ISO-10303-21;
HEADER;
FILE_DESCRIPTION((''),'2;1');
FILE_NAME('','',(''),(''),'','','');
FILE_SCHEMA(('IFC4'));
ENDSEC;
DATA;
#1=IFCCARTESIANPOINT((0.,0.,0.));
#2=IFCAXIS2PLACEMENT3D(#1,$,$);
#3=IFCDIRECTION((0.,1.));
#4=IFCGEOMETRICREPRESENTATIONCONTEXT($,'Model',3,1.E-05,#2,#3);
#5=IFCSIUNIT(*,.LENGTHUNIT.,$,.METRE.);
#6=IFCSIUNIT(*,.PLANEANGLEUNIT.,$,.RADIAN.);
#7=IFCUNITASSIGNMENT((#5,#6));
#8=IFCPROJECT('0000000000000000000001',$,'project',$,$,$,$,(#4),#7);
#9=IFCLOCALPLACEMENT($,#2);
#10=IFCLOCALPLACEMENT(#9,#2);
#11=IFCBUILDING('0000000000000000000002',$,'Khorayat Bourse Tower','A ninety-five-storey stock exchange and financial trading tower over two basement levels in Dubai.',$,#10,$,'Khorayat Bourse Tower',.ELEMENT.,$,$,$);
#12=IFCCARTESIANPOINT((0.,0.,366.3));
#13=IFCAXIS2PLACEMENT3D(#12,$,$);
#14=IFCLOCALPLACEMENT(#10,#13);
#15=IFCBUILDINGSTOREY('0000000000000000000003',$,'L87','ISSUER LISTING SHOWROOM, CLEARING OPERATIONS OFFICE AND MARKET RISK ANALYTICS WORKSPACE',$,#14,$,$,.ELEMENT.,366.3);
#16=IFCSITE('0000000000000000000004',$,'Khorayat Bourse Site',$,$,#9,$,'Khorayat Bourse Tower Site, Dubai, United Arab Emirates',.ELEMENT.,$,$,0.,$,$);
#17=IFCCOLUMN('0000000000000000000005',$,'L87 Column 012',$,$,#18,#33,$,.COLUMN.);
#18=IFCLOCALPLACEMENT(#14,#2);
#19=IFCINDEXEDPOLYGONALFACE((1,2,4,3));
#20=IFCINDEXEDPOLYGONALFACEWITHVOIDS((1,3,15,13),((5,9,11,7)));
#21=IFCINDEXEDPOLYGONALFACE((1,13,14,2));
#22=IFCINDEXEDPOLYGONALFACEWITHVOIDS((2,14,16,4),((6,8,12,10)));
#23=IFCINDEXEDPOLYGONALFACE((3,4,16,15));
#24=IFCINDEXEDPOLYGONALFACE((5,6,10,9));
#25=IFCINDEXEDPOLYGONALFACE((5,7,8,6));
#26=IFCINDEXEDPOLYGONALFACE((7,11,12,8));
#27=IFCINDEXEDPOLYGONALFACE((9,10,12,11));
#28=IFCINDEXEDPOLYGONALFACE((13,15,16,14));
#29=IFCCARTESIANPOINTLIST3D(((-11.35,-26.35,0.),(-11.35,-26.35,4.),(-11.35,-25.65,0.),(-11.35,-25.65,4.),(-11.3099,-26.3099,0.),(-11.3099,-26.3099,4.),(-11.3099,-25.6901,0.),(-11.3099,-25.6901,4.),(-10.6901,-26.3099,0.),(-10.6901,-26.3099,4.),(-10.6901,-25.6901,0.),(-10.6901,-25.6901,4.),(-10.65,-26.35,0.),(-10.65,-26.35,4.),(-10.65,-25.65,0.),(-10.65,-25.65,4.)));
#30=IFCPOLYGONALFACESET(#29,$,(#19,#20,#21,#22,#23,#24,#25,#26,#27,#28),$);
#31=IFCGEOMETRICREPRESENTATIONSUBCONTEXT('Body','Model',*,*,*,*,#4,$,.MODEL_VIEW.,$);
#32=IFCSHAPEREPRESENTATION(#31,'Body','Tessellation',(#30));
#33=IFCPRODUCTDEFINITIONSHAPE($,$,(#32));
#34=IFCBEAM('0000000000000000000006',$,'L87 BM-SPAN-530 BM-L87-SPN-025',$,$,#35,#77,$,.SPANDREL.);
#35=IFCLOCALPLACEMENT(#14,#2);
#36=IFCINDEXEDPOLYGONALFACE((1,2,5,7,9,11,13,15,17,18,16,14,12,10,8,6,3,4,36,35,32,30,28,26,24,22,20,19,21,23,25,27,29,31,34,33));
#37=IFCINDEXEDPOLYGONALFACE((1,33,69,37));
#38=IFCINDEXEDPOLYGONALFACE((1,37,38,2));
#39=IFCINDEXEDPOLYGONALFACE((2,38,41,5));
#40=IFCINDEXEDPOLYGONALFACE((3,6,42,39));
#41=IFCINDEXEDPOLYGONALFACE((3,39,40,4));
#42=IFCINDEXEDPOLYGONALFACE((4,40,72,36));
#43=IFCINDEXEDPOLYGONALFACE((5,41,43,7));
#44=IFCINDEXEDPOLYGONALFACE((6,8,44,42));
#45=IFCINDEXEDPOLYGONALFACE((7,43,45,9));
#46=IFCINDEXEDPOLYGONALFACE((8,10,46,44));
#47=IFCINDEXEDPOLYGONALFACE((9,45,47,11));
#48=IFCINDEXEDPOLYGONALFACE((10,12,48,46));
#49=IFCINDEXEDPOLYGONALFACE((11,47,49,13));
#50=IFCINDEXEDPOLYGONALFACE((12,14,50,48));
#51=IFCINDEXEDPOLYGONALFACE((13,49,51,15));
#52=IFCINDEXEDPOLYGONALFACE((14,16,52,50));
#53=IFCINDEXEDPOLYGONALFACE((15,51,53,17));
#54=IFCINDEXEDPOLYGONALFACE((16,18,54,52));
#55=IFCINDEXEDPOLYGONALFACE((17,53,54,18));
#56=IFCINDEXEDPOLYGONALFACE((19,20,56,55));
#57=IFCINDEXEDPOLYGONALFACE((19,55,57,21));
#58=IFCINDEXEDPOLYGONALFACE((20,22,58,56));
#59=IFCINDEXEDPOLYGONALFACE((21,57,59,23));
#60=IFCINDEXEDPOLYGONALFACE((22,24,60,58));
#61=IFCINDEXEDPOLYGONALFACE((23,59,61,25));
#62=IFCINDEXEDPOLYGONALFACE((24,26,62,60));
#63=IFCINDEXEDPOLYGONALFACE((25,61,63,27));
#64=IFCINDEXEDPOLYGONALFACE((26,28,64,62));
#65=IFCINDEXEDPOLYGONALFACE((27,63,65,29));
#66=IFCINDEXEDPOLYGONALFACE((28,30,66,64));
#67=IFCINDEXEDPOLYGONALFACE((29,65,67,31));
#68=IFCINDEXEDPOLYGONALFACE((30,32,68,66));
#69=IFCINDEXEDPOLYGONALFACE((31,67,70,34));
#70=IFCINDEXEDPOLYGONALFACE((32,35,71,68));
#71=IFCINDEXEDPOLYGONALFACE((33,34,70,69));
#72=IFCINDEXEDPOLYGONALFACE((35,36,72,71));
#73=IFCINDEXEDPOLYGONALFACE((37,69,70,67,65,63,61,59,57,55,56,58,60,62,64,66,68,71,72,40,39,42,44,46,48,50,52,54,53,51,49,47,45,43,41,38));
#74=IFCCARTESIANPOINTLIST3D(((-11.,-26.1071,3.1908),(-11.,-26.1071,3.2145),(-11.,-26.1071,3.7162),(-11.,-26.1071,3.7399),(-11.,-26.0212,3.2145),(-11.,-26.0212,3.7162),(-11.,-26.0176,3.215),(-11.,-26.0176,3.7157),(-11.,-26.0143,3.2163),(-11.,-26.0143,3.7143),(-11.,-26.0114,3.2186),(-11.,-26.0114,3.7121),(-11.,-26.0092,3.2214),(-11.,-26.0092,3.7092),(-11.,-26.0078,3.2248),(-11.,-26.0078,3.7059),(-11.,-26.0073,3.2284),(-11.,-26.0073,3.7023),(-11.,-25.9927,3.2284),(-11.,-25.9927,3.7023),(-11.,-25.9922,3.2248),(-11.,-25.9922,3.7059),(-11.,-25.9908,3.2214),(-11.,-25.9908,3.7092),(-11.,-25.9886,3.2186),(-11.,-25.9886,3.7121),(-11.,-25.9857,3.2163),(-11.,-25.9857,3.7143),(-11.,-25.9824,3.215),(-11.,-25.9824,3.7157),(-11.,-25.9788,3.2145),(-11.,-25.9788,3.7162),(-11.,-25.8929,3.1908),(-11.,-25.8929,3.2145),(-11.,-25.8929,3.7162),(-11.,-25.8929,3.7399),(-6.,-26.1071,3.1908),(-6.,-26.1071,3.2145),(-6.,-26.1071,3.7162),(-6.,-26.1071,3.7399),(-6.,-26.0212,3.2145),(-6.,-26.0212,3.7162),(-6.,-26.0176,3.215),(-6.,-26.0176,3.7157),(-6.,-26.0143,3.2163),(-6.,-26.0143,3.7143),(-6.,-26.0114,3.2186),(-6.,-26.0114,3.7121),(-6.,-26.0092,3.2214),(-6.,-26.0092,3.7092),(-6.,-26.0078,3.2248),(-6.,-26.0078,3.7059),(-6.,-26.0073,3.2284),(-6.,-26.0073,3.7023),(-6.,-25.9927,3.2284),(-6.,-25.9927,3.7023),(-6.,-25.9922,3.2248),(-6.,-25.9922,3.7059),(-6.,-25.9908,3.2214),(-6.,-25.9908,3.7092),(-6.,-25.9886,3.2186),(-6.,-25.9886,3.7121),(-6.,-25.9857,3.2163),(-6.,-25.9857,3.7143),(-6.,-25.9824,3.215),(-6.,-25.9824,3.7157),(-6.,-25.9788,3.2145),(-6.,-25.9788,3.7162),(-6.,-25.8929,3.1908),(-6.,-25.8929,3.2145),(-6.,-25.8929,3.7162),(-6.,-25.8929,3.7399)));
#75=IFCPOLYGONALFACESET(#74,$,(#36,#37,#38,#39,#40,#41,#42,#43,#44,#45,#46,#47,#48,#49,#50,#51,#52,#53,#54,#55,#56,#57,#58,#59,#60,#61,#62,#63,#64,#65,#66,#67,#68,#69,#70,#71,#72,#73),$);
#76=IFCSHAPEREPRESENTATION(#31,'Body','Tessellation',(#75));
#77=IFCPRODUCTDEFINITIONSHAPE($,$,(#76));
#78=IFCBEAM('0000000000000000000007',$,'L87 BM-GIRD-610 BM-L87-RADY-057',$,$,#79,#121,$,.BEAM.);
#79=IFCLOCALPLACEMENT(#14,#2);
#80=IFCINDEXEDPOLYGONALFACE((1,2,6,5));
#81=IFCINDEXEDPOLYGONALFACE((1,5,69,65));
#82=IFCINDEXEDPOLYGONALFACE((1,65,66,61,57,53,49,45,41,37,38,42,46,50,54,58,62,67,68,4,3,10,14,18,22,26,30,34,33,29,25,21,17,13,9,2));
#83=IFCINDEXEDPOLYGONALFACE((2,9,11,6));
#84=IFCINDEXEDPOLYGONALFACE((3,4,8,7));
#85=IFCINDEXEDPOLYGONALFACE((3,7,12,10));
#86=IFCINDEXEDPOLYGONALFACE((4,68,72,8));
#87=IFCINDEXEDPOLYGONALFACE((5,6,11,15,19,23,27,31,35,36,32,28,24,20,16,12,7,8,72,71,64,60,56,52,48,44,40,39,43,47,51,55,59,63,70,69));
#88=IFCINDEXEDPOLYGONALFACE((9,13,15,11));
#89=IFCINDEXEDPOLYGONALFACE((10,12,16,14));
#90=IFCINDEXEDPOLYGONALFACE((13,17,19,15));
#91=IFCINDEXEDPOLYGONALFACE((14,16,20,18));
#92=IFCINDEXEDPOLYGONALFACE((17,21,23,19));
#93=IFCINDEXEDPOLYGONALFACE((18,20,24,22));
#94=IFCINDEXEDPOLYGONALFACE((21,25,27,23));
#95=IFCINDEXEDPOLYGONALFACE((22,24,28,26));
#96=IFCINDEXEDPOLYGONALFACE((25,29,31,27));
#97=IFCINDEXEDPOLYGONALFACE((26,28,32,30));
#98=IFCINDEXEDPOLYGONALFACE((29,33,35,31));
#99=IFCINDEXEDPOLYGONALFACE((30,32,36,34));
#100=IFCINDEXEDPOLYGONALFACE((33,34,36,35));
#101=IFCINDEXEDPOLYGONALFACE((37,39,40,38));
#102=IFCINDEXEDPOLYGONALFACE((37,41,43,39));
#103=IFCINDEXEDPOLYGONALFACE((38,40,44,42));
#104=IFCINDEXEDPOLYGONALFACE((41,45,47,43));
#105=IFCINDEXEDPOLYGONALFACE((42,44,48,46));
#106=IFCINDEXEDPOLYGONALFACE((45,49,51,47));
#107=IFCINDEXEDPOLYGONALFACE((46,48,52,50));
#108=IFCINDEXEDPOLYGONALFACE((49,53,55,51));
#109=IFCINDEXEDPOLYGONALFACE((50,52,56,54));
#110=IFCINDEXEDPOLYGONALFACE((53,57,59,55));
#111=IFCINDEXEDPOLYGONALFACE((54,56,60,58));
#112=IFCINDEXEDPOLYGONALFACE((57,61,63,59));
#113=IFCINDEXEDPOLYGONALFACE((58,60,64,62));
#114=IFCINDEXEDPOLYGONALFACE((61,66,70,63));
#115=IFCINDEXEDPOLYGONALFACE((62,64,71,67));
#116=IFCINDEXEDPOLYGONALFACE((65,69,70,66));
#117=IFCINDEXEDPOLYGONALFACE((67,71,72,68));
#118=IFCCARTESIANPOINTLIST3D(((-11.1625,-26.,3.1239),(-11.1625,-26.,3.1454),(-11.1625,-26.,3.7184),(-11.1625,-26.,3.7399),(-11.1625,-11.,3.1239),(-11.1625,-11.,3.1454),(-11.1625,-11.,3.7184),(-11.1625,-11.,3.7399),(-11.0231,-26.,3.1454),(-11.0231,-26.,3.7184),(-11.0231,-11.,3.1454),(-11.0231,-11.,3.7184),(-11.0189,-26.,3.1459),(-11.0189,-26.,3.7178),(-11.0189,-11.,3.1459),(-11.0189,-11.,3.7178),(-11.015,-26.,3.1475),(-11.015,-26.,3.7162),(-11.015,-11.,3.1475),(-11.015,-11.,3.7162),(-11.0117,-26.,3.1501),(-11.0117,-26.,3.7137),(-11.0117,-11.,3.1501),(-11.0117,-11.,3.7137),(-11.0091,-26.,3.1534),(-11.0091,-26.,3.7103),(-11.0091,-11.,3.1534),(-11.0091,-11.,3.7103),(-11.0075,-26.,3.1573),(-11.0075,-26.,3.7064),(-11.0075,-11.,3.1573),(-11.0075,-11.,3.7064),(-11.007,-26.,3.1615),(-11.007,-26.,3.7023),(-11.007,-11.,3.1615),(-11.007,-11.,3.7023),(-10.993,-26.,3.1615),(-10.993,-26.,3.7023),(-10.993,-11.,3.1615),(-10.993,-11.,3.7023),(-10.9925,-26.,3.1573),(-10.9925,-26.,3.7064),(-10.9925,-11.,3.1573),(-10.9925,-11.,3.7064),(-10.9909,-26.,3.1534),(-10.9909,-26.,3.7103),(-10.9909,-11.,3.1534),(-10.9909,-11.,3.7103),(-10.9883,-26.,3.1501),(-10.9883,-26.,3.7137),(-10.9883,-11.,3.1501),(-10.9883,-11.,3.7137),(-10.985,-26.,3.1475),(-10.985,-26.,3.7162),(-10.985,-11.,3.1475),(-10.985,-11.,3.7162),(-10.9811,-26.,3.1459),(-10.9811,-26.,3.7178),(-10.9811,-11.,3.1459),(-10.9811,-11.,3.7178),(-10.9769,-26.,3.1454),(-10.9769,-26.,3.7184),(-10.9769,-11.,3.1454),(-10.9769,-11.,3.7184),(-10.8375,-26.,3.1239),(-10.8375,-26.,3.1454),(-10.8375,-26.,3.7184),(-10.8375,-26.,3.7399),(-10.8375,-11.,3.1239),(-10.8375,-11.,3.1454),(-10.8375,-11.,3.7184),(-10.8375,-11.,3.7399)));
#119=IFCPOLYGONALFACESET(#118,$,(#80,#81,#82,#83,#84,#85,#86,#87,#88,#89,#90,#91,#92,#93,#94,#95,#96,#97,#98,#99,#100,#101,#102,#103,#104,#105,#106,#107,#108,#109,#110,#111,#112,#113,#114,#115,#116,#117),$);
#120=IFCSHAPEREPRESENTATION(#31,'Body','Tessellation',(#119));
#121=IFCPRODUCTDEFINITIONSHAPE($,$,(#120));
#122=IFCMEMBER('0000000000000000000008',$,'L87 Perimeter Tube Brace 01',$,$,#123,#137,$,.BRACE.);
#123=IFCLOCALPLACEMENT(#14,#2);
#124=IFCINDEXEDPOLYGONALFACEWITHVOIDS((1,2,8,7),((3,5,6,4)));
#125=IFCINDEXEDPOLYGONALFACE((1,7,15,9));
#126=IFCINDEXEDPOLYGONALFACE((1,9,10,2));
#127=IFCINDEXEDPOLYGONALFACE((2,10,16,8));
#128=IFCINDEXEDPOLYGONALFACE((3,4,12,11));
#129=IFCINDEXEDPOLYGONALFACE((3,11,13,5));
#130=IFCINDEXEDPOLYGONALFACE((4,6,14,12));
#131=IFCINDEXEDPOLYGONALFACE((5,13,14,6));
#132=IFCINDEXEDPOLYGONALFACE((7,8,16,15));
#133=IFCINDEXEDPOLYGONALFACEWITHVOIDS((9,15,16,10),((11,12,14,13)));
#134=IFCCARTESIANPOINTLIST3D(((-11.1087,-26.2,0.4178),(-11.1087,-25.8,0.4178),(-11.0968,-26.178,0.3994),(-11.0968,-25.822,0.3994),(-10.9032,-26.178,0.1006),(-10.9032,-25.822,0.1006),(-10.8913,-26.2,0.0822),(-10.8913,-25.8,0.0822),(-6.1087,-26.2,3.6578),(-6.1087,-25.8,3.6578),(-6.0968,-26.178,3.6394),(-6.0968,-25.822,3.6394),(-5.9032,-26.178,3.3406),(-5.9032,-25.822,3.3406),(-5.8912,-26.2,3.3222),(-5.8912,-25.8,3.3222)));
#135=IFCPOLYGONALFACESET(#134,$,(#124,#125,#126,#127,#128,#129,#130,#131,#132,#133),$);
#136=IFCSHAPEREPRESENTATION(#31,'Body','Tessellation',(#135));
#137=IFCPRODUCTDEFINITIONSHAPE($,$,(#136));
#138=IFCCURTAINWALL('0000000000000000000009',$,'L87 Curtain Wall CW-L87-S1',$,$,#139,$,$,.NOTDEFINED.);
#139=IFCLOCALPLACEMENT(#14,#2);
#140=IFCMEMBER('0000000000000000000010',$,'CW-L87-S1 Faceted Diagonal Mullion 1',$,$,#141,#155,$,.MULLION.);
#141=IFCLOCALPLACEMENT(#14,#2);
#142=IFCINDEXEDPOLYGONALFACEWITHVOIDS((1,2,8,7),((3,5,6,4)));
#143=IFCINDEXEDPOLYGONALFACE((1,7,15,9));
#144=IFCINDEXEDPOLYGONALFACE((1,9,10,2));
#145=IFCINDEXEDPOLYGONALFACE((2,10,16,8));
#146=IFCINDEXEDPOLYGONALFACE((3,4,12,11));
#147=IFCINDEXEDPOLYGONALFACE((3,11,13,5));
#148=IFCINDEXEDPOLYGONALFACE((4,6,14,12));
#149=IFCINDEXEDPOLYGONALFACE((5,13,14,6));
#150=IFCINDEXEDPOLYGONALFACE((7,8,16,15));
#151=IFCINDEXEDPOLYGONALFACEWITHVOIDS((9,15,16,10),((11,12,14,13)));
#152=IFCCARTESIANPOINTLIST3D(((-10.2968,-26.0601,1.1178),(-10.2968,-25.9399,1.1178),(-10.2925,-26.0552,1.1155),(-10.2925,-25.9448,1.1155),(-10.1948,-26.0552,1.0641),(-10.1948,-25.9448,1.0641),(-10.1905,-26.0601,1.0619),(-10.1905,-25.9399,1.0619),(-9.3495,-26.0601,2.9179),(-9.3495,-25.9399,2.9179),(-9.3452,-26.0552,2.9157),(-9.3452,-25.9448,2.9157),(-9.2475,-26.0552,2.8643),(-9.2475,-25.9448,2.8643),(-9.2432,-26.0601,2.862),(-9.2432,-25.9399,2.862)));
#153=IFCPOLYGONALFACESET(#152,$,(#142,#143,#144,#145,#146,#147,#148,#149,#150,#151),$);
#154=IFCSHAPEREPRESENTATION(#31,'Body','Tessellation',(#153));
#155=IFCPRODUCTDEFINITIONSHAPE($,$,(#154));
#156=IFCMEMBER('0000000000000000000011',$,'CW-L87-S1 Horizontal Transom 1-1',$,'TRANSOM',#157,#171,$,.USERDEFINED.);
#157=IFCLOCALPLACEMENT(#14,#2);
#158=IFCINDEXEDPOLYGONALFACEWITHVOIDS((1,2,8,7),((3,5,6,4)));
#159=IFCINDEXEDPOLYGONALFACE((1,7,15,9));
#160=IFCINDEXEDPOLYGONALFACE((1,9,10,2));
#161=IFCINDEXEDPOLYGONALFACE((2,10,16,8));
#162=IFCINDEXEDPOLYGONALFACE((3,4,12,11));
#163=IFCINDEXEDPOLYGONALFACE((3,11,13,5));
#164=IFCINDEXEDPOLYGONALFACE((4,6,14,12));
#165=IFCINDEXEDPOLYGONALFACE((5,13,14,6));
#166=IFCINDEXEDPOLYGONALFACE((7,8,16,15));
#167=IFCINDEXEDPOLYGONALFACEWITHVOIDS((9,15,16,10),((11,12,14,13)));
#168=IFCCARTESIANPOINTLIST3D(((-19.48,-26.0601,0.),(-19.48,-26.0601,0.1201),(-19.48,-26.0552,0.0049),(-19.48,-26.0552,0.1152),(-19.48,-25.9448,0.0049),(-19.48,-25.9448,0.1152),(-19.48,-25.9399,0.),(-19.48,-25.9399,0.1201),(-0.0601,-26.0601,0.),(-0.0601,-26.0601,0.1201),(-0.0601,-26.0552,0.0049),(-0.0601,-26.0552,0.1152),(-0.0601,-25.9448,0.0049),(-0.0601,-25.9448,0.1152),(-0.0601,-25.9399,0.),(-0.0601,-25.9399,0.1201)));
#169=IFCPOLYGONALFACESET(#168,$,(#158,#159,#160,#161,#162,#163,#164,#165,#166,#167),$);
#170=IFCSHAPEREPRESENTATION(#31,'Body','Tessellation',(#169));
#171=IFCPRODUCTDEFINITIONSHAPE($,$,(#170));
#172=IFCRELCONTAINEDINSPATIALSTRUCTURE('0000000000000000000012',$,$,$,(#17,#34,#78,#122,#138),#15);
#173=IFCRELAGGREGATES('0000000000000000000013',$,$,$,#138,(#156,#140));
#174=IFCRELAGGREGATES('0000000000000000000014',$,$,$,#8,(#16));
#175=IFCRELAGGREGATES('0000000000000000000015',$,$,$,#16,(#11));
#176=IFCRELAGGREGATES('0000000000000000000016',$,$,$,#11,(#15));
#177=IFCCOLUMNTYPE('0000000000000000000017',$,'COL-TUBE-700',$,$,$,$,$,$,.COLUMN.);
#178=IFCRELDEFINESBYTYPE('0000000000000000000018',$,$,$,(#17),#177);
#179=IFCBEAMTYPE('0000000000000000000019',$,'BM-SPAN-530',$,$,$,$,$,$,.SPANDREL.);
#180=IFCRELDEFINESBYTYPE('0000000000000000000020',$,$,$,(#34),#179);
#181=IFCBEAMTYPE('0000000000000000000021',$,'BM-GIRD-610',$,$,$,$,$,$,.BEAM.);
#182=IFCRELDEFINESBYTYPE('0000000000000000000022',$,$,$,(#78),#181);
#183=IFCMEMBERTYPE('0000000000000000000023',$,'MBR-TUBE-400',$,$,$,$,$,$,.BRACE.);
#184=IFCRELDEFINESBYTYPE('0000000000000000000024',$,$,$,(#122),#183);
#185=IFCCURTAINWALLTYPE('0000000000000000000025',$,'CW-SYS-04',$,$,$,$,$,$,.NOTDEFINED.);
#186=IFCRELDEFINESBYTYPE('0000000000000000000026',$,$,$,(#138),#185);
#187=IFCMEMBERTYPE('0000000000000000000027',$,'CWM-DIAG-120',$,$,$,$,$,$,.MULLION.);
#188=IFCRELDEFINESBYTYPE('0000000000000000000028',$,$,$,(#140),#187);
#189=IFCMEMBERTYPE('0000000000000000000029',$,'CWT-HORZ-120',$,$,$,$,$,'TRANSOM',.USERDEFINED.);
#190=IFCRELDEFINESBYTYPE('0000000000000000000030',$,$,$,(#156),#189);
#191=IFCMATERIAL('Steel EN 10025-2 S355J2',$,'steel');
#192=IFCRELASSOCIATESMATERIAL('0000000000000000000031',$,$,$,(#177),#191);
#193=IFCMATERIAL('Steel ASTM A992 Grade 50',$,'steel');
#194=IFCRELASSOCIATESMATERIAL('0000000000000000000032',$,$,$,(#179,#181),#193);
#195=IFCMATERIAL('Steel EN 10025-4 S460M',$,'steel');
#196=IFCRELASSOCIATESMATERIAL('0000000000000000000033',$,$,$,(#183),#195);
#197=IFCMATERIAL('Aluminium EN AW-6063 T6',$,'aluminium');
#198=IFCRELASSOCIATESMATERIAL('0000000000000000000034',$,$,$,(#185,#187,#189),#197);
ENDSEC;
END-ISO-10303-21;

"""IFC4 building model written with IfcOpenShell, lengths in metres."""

from ifc_helpers import new_model, si_unit, direction, frame, origin, origin_2d, place, context, subcontext, project, spatial, hollow_rectangle, i_section, extrude, source, transform, mapped, material, material_profile, profile_set, type_object, element, aggregate, save


model = new_model("IFC4")

# Units and contexts
model_context = context("Model", 3, precision=1e-05, world=origin(), true_north=direction((0.0, 1.0)))
body_context = subcontext(model_context, "Body", "Model", "MODEL_VIEW")
ifc_project = project(units=[si_unit("LENGTHUNIT", "METRE"), si_unit("PLANEANGLEUNIT", "RADIAN")], contexts=[model_context])

# Site, building, storey
site_placement = place(None, origin())
site = spatial("IfcSite", under=ifc_project, at=site_placement, Name="Khorayat Bourse Site", LongName="Khorayat Bourse Tower Site, Dubai, United Arab Emirates", CompositionType="ELEMENT", RefElevation=0.0)
building_placement = place(site_placement, origin())
building = spatial("IfcBuilding", under=site, at=building_placement, Name="Khorayat Bourse Tower", Description="A ninety-five-storey stock exchange and financial trading tower over two basement levels in Dubai.", LongName="Khorayat Bourse Tower", CompositionType="ELEMENT")
storey_placement = place(building_placement, frame((0.0, 0.0, 366.3)))
storey = spatial("IfcBuildingStorey", under=building, at=storey_placement, Name="L87", Description="ISSUER LISTING SHOWROOM, CLEARING OPERATIONS OFFICE AND MARKET RISK ANALYTICS WORKSPACE", CompositionType="ELEMENT", Elevation=366.3)

# Column
ifc_material_1 = material(Name="Steel EN 10025-2 S355J2", Category="steel")
ifc_material_profile_1 = material_profile(ifc_material_1, hollow_rectangle(XDim=0.7, YDim=0.7, WallThickness=0.04, at=origin_2d()), Name="BOX 700x700x40")
ifc_profile_set_1 = profile_set([ifc_material_profile_1], Name="Steel EN 10025-2 S355J2")
column_type = type_object("IfcColumnType", Name="COL-TUBE-700", PredefinedType="COLUMN", material=ifc_profile_set_1)
shared_shape_1 = source(origin(), body_context, "Body", "SweptSolid", [
    extrude(hollow_rectangle(XDim=0.7, YDim=0.7, WallThickness=0.04, at=origin_2d()), origin(), (0.0, 0.0, 1.0), 4.0),
])
column_placement = place(storey_placement, frame((-11.0, -26.0, 0.0), z_axis=(0.0, 0.0, 1.0), x_axis=(1.0, 0.0, 0.0)))
element("IfcColumn", 1, at=column_placement, inside=storey, type_object=column_type, Name="L87 Column 012", PredefinedType="COLUMN", context=body_context, shape_type="MappedRepresentation", body=[
    mapped(shared_shape_1, transform((0.0, 0.0, 0.0), scale=1.0)),
])

# Beams
ifc_material_2 = material(Name="Steel ASTM A992 Grade 50", Category="steel")
ifc_material_profile_2 = material_profile(ifc_material_2, i_section(OverallWidth=0.2141, OverallDepth=0.5491, WebThickness=0.0146, FlangeThickness=0.0237, FilletRadius=0.0139, at=origin_2d()), Name="W530X138")
ifc_profile_set_2 = profile_set([ifc_material_profile_2], Name="Steel ASTM A992 Grade 50")
beam_type_1 = type_object("IfcBeamType", Name="BM-SPAN-530", PredefinedType="SPANDREL", material=ifc_profile_set_2)
shared_shape_2 = source(origin(), body_context, "Body", "SweptSolid", [
    extrude(i_section(OverallWidth=0.2141, OverallDepth=0.5491, WebThickness=0.0146, FlangeThickness=0.0237, FilletRadius=0.0139, at=origin_2d()), origin(), (0.0, 0.0, 1.0), 5.0),
])
beam_1_placement = place(storey_placement, frame((-11.0, -26.0, 3.4653), z_axis=(1.0, 0.0, 0.0), x_axis=(0.0, 1.0, 0.0)))
element("IfcBeam", 2, at=beam_1_placement, inside=storey, type_object=beam_type_1, Name="L87 BM-SPAN-530 BM-L87-SPN-025", PredefinedType="SPANDREL", context=body_context, shape_type="MappedRepresentation", body=[
    mapped(shared_shape_2, transform((0.0, 0.0, 0.0), scale=1.0)),
])
ifc_material_profile_3 = material_profile(ifc_material_2, i_section(OverallWidth=0.325, OverallDepth=0.616, WebThickness=0.0139, FlangeThickness=0.0215, FilletRadius=0.0161, at=origin_2d()), Name="W610X174")
ifc_profile_set_3 = profile_set([ifc_material_profile_3], Name="Steel ASTM A992 Grade 50")
beam_type_2 = type_object("IfcBeamType", Name="BM-GIRD-610", PredefinedType="BEAM", material=ifc_profile_set_3)
shared_shape_3 = source(origin(), body_context, "Body", "SweptSolid", [
    extrude(i_section(OverallWidth=0.325, OverallDepth=0.616, WebThickness=0.0139, FlangeThickness=0.0215, FilletRadius=0.0161, at=origin_2d()), origin(), (0.0, 0.0, 1.0), 15.0),
])
beam_2_placement = place(storey_placement, frame((-11.0, -26.0, 3.4319), z_axis=(0.0, 1.0, 0.0), x_axis=(-1.0, 0.0, 0.0)))
element("IfcBeam", 3, at=beam_2_placement, inside=storey, type_object=beam_type_2, Name="L87 BM-GIRD-610 BM-L87-RADY-057", PredefinedType="BEAM", context=body_context, shape_type="MappedRepresentation", body=[
    mapped(shared_shape_3, transform((0.0, 0.0, 0.0), scale=1.0)),
])

# Member
ifc_material_3 = material(Name="Steel EN 10025-4 S460M", Category="steel")
ifc_material_profile_4 = material_profile(ifc_material_3, hollow_rectangle(XDim=0.3999, YDim=0.3999, WallThickness=0.022, at=origin_2d()), Name="HSS 400x400x22")
ifc_profile_set_4 = profile_set([ifc_material_profile_4], Name="Steel EN 10025-4 S460M")
member_type_1 = type_object("IfcMemberType", Name="MBR-TUBE-400", PredefinedType="BRACE", material=ifc_profile_set_4)
shared_shape_4 = source(origin(), body_context, "Body", "SweptSolid", [
    extrude(hollow_rectangle(XDim=0.3999, YDim=0.3999, WallThickness=0.022, at=origin_2d()), origin(), (0.0, 0.0, 1.0), 5.958),
])
member_1_placement = place(storey_placement, frame((-11.0, -26.0, 0.25), z_axis=(0.83921, 0.0, 0.543807), x_axis=(0.0, 1.0, 0.0)))
element("IfcMember", 4, at=member_1_placement, inside=storey, type_object=member_type_1, Name="L87 Perimeter Tube Brace 01", PredefinedType="BRACE", context=body_context, shape_type="MappedRepresentation", body=[
    mapped(shared_shape_4, transform((0.0, 0.0, 0.0), scale=1.0)),
])

# Curtain wall, members
ifc_material_4 = material(Name="Aluminium EN AW-6063 T6", Category="aluminium")
curtain_wall_type = type_object("IfcCurtainWallType", Name="CW-SYS-04", PredefinedType="NOTDEFINED", material=ifc_material_4)
curtain_wall_placement = place(storey_placement, origin())
curtain_wall = element("IfcCurtainWall", 5, at=curtain_wall_placement, inside=storey, type_object=curtain_wall_type, Name="L87 Curtain Wall CW-L87-S1", PredefinedType="NOTDEFINED")
ifc_material_profile_5 = material_profile(ifc_material_4, hollow_rectangle(XDim=0.1201, YDim=0.1201, WallThickness=0.0049, at=origin_2d()), Name="ALU 120x120x5")
ifc_profile_set_5 = profile_set([ifc_material_profile_5], Name="Aluminium EN AW-6063 T6")
member_type_2 = type_object("IfcMemberType", Name="CWM-DIAG-120", PredefinedType="MULLION", material=ifc_profile_set_5)
shared_shape_5 = source(origin(), body_context, "Body", "SweptSolid", [
    extrude(hollow_rectangle(XDim=0.1201, YDim=0.1201, WallThickness=0.0049, at=origin_2d()), origin(), (0.0, 0.0, 1.0), 2.0342),
])
member_2_placement = place(storey_placement, frame((-10.2437, -26.0, 1.0898), z_axis=(0.465697, 0.0, 0.884944), x_axis=(0.0, 1.0, 0.0)))
member_2 = element("IfcMember", 6, at=member_2_placement, type_object=member_type_2, Name="CW-L87-S1 Faceted Diagonal Mullion 1", PredefinedType="MULLION", context=body_context, shape_type="MappedRepresentation", body=[
    mapped(shared_shape_5, transform((0.0, 0.0, 0.0), scale=1.0)),
])
ifc_material_profile_6 = material_profile(ifc_material_4, hollow_rectangle(XDim=0.1201, YDim=0.1201, WallThickness=0.0049, at=origin_2d()), Name="ALU 120x120x5")
ifc_profile_set_6 = profile_set([ifc_material_profile_6], Name="Aluminium EN AW-6063 T6")
member_type_3 = type_object("IfcMemberType", Name="CWT-HORZ-120", ElementType="TRANSOM", PredefinedType="USERDEFINED", material=ifc_profile_set_6)
shared_shape_6 = source(origin(), body_context, "Body", "SweptSolid", [
    extrude(hollow_rectangle(XDim=0.1201, YDim=0.1201, WallThickness=0.0049, at=origin_2d()), origin(), (0.0, 0.0, 1.0), 19.4199),
])
member_3_placement = place(storey_placement, frame((-19.48, -26.0, 0.0601), z_axis=(1.0, 0.0, 0.0), x_axis=(0.0, 1.0, 0.0)))
member_3 = element("IfcMember", 7, at=member_3_placement, type_object=member_type_3, Name="CW-L87-S1 Horizontal Transom 1-1", ObjectType="TRANSOM", PredefinedType="USERDEFINED", context=body_context, shape_type="MappedRepresentation", body=[
    mapped(shared_shape_6, transform((0.0, 0.0, 0.0), scale=1.0)),
])

aggregate(curtain_wall, [member_3, member_2])

save(model, "model.ifc")
